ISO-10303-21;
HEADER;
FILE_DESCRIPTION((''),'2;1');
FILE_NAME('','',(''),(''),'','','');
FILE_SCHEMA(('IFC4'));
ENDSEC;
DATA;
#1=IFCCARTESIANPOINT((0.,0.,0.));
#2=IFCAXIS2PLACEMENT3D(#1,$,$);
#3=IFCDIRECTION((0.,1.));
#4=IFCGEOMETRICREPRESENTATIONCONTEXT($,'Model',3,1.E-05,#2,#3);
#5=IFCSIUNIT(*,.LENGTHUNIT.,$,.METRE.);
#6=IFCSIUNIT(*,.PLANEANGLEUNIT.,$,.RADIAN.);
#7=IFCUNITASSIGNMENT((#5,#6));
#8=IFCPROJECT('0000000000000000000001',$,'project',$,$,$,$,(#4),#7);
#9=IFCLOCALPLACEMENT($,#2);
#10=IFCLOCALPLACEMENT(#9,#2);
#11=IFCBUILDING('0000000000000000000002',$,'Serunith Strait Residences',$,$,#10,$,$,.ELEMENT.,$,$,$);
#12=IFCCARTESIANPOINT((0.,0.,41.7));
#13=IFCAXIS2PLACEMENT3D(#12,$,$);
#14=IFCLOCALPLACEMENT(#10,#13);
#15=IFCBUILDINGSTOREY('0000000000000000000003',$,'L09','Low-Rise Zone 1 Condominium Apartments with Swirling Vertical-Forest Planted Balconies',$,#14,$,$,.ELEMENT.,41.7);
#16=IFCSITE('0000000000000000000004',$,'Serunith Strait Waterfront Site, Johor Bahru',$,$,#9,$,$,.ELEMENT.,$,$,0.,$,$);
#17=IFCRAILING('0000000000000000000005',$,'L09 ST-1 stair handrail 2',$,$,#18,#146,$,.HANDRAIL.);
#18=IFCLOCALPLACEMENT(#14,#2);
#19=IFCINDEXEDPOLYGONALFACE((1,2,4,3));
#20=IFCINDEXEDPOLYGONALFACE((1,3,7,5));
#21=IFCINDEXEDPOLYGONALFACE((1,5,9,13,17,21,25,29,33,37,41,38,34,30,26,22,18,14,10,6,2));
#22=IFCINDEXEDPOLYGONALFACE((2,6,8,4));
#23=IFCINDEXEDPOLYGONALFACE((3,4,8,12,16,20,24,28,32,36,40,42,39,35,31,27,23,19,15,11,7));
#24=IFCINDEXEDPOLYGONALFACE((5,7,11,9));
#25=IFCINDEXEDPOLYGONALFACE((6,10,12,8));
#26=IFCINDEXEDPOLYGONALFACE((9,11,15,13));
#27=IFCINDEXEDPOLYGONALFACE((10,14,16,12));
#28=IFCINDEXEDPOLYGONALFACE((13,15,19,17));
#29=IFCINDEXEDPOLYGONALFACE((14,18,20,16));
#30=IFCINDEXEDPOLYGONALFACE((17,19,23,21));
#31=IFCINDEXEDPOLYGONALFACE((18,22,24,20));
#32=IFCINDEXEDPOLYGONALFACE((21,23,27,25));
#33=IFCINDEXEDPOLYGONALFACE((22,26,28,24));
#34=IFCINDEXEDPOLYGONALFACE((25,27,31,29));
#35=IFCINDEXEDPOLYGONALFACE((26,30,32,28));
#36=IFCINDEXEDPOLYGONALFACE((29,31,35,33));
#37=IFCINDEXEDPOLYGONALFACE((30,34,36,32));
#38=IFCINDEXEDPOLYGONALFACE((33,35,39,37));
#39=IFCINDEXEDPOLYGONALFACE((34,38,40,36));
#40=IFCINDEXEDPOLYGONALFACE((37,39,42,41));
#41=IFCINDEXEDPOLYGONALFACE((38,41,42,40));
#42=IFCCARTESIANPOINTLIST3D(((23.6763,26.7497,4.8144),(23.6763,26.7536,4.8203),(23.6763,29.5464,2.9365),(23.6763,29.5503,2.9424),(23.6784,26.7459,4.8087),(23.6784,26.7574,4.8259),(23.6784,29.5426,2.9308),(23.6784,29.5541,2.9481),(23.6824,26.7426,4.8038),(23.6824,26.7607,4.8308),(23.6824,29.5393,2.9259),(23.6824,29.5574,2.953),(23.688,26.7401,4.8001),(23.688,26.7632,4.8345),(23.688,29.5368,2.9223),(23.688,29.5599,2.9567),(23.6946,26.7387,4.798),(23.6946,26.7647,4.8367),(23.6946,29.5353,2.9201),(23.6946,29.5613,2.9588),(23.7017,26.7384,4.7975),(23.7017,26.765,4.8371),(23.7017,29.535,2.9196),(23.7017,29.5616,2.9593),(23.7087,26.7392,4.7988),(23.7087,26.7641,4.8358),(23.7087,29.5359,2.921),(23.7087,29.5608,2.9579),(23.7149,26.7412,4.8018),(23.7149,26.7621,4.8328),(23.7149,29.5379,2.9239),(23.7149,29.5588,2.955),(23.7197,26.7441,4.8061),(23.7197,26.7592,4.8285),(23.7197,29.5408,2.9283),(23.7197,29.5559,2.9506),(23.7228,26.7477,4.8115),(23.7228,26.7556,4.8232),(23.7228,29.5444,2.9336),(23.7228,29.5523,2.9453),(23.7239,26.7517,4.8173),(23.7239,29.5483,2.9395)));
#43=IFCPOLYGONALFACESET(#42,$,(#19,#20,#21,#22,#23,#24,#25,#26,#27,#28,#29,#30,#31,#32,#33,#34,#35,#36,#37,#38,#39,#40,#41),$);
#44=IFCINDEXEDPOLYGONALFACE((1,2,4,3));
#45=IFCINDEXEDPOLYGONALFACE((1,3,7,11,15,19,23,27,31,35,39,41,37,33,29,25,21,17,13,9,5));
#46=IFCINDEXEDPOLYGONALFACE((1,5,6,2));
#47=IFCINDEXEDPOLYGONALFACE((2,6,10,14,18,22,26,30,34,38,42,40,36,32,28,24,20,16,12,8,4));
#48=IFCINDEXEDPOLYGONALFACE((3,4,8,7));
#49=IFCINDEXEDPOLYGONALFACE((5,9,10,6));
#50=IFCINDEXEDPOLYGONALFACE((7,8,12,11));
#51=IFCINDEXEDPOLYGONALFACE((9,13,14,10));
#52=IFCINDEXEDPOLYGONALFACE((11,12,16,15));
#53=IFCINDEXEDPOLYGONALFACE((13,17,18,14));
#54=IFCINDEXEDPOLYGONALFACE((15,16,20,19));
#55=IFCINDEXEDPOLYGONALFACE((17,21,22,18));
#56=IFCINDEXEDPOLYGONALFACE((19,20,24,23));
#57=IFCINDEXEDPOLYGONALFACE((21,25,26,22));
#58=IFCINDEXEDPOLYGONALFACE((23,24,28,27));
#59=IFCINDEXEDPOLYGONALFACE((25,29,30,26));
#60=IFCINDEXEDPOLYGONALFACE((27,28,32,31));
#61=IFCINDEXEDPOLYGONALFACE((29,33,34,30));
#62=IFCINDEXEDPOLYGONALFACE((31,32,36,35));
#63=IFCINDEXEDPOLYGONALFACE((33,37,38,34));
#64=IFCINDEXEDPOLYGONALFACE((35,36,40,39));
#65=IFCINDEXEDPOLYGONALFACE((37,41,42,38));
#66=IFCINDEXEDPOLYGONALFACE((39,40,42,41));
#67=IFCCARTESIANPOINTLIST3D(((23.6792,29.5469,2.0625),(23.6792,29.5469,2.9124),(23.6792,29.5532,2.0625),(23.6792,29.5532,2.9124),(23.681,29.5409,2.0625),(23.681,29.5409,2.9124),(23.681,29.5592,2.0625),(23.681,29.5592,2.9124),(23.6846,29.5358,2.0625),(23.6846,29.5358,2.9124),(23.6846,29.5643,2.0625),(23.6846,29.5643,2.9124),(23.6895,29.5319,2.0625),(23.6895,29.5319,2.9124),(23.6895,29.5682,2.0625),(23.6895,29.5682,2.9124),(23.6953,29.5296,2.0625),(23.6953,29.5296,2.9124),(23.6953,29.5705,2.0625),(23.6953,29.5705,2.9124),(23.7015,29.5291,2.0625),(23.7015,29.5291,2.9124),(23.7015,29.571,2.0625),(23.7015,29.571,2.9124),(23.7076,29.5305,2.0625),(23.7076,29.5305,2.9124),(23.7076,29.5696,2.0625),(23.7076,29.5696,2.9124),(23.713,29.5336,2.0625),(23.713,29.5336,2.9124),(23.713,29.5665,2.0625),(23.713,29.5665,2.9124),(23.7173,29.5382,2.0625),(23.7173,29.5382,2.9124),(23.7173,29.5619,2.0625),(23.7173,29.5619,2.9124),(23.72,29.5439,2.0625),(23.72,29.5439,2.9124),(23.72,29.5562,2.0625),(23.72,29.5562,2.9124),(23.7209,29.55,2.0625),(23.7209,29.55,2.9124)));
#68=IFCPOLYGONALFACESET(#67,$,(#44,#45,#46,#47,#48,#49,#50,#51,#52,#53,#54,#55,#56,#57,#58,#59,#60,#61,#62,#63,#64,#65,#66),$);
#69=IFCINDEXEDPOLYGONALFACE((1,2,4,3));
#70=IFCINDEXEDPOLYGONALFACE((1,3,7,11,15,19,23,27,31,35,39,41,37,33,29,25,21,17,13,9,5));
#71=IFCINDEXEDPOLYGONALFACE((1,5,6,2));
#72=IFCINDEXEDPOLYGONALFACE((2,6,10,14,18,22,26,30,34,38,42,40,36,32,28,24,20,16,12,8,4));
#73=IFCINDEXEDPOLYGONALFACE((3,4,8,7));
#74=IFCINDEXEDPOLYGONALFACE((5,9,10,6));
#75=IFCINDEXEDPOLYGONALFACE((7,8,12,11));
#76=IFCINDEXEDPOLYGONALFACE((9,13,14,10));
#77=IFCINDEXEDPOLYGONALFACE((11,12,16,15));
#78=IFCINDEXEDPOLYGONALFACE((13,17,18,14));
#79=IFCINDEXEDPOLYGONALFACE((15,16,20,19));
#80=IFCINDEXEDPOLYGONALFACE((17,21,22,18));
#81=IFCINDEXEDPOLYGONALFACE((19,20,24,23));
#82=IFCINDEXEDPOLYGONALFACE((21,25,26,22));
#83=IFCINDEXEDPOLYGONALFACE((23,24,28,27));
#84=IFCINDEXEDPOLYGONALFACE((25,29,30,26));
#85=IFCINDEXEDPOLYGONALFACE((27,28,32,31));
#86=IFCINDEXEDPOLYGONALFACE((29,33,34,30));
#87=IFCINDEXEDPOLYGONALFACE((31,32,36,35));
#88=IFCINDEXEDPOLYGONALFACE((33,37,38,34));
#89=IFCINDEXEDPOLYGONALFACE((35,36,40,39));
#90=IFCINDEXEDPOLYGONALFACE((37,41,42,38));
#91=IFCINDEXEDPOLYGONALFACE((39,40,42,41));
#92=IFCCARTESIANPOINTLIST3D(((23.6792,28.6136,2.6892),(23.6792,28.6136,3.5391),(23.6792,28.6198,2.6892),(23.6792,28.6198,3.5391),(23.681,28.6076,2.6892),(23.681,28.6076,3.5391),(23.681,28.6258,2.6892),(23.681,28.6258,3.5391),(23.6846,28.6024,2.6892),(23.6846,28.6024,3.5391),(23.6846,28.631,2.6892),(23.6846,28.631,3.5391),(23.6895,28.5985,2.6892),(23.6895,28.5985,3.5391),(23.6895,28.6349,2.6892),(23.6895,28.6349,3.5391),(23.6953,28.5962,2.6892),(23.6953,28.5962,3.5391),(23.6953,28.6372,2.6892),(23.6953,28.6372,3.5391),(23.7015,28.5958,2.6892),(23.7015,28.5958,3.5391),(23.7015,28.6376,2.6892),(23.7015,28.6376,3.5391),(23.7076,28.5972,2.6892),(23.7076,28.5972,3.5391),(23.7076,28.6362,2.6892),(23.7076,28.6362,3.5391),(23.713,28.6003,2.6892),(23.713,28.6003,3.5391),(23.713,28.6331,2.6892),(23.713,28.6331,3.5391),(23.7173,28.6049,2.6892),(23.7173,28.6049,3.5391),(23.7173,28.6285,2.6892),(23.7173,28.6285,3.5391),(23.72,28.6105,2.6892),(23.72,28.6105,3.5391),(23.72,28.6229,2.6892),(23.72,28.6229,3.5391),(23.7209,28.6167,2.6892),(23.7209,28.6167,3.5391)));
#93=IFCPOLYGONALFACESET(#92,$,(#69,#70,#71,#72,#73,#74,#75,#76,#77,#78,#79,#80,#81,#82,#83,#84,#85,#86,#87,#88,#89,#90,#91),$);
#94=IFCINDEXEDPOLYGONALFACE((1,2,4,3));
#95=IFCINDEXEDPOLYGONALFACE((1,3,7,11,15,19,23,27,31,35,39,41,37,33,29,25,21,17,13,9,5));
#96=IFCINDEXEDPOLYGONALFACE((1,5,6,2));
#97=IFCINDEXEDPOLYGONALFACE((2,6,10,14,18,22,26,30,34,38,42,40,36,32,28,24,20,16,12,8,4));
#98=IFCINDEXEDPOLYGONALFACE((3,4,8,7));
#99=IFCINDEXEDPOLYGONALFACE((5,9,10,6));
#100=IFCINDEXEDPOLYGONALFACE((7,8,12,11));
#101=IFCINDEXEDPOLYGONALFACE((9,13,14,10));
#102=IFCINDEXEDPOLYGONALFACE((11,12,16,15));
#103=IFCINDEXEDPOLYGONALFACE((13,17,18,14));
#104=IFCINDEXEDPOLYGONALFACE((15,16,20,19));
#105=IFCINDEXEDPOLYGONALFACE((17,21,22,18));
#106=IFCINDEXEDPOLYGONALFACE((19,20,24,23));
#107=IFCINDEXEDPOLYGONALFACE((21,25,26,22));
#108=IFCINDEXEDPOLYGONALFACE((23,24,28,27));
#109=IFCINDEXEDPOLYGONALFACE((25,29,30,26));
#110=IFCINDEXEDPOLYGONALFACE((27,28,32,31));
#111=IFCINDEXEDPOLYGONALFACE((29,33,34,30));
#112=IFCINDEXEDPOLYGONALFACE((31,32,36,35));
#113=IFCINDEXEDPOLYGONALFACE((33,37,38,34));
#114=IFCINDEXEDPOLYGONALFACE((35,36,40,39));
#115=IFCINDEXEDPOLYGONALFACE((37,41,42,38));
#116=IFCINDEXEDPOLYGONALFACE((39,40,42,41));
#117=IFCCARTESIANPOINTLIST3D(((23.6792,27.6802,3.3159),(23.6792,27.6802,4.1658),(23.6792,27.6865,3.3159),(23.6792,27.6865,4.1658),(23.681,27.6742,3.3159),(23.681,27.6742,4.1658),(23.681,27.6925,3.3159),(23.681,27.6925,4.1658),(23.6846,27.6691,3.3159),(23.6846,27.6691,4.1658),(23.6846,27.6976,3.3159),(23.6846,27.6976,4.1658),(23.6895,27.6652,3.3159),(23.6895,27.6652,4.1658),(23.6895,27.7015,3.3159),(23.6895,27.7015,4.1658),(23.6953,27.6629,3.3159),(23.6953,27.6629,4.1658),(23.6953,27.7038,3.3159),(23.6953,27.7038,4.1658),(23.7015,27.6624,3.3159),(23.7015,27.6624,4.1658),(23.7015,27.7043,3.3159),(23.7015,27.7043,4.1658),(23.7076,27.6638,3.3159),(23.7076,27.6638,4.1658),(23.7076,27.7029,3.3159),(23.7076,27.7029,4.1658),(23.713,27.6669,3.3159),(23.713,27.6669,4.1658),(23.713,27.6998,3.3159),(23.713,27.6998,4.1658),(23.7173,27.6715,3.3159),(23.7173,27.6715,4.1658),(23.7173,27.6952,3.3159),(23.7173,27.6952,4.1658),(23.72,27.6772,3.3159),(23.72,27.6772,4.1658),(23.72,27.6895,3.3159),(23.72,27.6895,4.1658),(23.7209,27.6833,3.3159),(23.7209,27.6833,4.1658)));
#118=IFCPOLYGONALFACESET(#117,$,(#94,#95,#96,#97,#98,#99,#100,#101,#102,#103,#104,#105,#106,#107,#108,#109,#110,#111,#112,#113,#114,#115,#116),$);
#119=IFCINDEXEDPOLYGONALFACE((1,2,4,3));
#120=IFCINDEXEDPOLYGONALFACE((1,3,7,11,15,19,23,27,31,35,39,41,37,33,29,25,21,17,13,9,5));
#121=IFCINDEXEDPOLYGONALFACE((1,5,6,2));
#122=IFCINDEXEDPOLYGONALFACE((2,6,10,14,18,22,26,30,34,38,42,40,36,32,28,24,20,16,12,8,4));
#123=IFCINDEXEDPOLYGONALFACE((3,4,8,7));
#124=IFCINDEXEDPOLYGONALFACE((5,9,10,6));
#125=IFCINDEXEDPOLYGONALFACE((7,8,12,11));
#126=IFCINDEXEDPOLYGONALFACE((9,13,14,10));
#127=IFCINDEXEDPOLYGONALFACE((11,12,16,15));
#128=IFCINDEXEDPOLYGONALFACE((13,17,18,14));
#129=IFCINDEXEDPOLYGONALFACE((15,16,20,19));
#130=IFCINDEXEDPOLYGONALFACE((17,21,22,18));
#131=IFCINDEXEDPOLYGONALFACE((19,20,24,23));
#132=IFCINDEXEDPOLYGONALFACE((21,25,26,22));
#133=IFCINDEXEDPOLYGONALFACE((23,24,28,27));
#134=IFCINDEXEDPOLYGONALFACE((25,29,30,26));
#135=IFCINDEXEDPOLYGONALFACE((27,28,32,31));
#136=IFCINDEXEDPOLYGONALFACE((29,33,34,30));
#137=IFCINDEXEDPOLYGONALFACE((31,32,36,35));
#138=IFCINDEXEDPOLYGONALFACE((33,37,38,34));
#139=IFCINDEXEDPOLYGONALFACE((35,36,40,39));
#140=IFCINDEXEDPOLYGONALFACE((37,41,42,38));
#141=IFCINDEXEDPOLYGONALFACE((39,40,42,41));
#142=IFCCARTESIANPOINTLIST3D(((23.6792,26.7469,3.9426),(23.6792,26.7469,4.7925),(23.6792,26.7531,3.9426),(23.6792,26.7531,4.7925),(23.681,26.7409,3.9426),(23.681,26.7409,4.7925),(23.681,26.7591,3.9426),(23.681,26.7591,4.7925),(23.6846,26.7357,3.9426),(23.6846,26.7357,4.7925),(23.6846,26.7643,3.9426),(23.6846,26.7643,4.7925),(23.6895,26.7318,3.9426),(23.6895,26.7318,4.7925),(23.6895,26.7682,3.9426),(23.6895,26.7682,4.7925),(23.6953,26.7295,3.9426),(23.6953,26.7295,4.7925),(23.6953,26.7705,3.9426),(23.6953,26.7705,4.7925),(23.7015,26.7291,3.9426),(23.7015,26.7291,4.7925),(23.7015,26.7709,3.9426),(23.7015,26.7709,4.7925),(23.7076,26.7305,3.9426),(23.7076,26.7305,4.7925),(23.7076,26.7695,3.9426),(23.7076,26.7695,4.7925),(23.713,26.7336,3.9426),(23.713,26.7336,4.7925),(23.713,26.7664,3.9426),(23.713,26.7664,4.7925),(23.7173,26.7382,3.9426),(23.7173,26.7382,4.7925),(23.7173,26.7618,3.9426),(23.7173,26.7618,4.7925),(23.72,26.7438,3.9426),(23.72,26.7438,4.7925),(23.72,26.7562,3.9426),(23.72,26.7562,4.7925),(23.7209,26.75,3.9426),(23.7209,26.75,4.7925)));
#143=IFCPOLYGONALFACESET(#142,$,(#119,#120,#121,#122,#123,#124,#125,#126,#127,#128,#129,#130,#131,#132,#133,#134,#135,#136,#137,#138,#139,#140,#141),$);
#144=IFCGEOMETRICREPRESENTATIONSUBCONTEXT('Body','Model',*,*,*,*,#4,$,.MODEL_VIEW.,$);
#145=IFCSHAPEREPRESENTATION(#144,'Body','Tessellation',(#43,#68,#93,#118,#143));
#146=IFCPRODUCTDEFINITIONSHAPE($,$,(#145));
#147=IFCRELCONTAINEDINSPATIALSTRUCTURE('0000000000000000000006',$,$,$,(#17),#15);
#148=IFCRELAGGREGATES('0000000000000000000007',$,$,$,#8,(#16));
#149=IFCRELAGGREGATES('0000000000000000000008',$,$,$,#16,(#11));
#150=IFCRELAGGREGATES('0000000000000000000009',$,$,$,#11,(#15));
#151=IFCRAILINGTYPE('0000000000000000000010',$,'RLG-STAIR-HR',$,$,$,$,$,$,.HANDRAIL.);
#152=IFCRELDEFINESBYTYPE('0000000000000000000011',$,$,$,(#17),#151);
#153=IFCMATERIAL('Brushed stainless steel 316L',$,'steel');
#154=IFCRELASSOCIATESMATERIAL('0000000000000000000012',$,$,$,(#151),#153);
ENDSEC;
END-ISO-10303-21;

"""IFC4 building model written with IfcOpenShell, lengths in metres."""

from ifc_helpers import new_model, si_unit, direction, frame, origin, origin_2d, place, context, subcontext, project, spatial, circle, extrude, material, type_object, element, save


model = new_model("IFC4")

# Units and contexts
model_context = context("Model", 3, precision=1e-05, world=origin(), true_north=direction((0.0, 1.0)))
body_context = subcontext(model_context, "Body", "Model", "MODEL_VIEW")
ifc_project = project(units=[si_unit("LENGTHUNIT", "METRE"), si_unit("PLANEANGLEUNIT", "RADIAN")], contexts=[model_context])

# Site, building, storey
site_placement = place(None, origin())
site = spatial("IfcSite", under=ifc_project, at=site_placement, Name="Serunith Strait Waterfront Site, Johor Bahru", CompositionType="ELEMENT", RefElevation=0.0)
building_placement = place(site_placement, origin())
building = spatial("IfcBuilding", under=site, at=building_placement, Name="Serunith Strait Residences", CompositionType="ELEMENT")
storey_placement = place(building_placement, frame((0.0, 0.0, 41.7)))
storey = spatial("IfcBuildingStorey", under=building, at=storey_placement, Name="L09", Description="Low-Rise Zone 1 Condominium Apartments with Swirling Vertical-Forest Planted Balconies", CompositionType="ELEMENT", Elevation=41.7)

# Railing
ifc_material_1 = material(Name="Brushed stainless steel 316L", Category="steel")
railing_type_1 = type_object("IfcRailingType", Name="RLG-STAIR-HR", PredefinedType="HANDRAIL", material=ifc_material_1)
railing_1_placement = place(storey_placement, frame((23.7, 29.55, 2.0625)))
element("IfcRailing", 1, at=railing_1_placement, inside=storey, type_object=railing_type_1, Name="L09 ST-1 stair handrail 2", PredefinedType="HANDRAIL", context=body_context, shape_type="SweptSolid", body=[
    extrude(circle(Radius=0.0239, at=origin_2d()), frame((0.0, -0.0017, 0.877), z_axis=(0.0, -0.830208, 0.557453), x_axis=(1.0, 0.0, 0.0)), (0.0, 0.0, 1.0), 3.3687),
    extrude(circle(Radius=0.021, at=origin_2d()), origin(), (0.0, 0.0, 1.0), 0.8499),
    extrude(circle(Radius=0.021, at=origin_2d()), frame((0.0, -0.9333, 0.6267)), (0.0, 0.0, 1.0), 0.8499),
    extrude(circle(Radius=0.021, at=origin_2d()), frame((0.0, -1.8667, 1.2534)), (0.0, 0.0, 1.0), 0.8499),
    extrude(circle(Radius=0.021, at=origin_2d()), frame((0.0, -2.8, 1.8801)), (0.0, 0.0, 1.0), 0.8499),
])

save(model, "model.ifc")
